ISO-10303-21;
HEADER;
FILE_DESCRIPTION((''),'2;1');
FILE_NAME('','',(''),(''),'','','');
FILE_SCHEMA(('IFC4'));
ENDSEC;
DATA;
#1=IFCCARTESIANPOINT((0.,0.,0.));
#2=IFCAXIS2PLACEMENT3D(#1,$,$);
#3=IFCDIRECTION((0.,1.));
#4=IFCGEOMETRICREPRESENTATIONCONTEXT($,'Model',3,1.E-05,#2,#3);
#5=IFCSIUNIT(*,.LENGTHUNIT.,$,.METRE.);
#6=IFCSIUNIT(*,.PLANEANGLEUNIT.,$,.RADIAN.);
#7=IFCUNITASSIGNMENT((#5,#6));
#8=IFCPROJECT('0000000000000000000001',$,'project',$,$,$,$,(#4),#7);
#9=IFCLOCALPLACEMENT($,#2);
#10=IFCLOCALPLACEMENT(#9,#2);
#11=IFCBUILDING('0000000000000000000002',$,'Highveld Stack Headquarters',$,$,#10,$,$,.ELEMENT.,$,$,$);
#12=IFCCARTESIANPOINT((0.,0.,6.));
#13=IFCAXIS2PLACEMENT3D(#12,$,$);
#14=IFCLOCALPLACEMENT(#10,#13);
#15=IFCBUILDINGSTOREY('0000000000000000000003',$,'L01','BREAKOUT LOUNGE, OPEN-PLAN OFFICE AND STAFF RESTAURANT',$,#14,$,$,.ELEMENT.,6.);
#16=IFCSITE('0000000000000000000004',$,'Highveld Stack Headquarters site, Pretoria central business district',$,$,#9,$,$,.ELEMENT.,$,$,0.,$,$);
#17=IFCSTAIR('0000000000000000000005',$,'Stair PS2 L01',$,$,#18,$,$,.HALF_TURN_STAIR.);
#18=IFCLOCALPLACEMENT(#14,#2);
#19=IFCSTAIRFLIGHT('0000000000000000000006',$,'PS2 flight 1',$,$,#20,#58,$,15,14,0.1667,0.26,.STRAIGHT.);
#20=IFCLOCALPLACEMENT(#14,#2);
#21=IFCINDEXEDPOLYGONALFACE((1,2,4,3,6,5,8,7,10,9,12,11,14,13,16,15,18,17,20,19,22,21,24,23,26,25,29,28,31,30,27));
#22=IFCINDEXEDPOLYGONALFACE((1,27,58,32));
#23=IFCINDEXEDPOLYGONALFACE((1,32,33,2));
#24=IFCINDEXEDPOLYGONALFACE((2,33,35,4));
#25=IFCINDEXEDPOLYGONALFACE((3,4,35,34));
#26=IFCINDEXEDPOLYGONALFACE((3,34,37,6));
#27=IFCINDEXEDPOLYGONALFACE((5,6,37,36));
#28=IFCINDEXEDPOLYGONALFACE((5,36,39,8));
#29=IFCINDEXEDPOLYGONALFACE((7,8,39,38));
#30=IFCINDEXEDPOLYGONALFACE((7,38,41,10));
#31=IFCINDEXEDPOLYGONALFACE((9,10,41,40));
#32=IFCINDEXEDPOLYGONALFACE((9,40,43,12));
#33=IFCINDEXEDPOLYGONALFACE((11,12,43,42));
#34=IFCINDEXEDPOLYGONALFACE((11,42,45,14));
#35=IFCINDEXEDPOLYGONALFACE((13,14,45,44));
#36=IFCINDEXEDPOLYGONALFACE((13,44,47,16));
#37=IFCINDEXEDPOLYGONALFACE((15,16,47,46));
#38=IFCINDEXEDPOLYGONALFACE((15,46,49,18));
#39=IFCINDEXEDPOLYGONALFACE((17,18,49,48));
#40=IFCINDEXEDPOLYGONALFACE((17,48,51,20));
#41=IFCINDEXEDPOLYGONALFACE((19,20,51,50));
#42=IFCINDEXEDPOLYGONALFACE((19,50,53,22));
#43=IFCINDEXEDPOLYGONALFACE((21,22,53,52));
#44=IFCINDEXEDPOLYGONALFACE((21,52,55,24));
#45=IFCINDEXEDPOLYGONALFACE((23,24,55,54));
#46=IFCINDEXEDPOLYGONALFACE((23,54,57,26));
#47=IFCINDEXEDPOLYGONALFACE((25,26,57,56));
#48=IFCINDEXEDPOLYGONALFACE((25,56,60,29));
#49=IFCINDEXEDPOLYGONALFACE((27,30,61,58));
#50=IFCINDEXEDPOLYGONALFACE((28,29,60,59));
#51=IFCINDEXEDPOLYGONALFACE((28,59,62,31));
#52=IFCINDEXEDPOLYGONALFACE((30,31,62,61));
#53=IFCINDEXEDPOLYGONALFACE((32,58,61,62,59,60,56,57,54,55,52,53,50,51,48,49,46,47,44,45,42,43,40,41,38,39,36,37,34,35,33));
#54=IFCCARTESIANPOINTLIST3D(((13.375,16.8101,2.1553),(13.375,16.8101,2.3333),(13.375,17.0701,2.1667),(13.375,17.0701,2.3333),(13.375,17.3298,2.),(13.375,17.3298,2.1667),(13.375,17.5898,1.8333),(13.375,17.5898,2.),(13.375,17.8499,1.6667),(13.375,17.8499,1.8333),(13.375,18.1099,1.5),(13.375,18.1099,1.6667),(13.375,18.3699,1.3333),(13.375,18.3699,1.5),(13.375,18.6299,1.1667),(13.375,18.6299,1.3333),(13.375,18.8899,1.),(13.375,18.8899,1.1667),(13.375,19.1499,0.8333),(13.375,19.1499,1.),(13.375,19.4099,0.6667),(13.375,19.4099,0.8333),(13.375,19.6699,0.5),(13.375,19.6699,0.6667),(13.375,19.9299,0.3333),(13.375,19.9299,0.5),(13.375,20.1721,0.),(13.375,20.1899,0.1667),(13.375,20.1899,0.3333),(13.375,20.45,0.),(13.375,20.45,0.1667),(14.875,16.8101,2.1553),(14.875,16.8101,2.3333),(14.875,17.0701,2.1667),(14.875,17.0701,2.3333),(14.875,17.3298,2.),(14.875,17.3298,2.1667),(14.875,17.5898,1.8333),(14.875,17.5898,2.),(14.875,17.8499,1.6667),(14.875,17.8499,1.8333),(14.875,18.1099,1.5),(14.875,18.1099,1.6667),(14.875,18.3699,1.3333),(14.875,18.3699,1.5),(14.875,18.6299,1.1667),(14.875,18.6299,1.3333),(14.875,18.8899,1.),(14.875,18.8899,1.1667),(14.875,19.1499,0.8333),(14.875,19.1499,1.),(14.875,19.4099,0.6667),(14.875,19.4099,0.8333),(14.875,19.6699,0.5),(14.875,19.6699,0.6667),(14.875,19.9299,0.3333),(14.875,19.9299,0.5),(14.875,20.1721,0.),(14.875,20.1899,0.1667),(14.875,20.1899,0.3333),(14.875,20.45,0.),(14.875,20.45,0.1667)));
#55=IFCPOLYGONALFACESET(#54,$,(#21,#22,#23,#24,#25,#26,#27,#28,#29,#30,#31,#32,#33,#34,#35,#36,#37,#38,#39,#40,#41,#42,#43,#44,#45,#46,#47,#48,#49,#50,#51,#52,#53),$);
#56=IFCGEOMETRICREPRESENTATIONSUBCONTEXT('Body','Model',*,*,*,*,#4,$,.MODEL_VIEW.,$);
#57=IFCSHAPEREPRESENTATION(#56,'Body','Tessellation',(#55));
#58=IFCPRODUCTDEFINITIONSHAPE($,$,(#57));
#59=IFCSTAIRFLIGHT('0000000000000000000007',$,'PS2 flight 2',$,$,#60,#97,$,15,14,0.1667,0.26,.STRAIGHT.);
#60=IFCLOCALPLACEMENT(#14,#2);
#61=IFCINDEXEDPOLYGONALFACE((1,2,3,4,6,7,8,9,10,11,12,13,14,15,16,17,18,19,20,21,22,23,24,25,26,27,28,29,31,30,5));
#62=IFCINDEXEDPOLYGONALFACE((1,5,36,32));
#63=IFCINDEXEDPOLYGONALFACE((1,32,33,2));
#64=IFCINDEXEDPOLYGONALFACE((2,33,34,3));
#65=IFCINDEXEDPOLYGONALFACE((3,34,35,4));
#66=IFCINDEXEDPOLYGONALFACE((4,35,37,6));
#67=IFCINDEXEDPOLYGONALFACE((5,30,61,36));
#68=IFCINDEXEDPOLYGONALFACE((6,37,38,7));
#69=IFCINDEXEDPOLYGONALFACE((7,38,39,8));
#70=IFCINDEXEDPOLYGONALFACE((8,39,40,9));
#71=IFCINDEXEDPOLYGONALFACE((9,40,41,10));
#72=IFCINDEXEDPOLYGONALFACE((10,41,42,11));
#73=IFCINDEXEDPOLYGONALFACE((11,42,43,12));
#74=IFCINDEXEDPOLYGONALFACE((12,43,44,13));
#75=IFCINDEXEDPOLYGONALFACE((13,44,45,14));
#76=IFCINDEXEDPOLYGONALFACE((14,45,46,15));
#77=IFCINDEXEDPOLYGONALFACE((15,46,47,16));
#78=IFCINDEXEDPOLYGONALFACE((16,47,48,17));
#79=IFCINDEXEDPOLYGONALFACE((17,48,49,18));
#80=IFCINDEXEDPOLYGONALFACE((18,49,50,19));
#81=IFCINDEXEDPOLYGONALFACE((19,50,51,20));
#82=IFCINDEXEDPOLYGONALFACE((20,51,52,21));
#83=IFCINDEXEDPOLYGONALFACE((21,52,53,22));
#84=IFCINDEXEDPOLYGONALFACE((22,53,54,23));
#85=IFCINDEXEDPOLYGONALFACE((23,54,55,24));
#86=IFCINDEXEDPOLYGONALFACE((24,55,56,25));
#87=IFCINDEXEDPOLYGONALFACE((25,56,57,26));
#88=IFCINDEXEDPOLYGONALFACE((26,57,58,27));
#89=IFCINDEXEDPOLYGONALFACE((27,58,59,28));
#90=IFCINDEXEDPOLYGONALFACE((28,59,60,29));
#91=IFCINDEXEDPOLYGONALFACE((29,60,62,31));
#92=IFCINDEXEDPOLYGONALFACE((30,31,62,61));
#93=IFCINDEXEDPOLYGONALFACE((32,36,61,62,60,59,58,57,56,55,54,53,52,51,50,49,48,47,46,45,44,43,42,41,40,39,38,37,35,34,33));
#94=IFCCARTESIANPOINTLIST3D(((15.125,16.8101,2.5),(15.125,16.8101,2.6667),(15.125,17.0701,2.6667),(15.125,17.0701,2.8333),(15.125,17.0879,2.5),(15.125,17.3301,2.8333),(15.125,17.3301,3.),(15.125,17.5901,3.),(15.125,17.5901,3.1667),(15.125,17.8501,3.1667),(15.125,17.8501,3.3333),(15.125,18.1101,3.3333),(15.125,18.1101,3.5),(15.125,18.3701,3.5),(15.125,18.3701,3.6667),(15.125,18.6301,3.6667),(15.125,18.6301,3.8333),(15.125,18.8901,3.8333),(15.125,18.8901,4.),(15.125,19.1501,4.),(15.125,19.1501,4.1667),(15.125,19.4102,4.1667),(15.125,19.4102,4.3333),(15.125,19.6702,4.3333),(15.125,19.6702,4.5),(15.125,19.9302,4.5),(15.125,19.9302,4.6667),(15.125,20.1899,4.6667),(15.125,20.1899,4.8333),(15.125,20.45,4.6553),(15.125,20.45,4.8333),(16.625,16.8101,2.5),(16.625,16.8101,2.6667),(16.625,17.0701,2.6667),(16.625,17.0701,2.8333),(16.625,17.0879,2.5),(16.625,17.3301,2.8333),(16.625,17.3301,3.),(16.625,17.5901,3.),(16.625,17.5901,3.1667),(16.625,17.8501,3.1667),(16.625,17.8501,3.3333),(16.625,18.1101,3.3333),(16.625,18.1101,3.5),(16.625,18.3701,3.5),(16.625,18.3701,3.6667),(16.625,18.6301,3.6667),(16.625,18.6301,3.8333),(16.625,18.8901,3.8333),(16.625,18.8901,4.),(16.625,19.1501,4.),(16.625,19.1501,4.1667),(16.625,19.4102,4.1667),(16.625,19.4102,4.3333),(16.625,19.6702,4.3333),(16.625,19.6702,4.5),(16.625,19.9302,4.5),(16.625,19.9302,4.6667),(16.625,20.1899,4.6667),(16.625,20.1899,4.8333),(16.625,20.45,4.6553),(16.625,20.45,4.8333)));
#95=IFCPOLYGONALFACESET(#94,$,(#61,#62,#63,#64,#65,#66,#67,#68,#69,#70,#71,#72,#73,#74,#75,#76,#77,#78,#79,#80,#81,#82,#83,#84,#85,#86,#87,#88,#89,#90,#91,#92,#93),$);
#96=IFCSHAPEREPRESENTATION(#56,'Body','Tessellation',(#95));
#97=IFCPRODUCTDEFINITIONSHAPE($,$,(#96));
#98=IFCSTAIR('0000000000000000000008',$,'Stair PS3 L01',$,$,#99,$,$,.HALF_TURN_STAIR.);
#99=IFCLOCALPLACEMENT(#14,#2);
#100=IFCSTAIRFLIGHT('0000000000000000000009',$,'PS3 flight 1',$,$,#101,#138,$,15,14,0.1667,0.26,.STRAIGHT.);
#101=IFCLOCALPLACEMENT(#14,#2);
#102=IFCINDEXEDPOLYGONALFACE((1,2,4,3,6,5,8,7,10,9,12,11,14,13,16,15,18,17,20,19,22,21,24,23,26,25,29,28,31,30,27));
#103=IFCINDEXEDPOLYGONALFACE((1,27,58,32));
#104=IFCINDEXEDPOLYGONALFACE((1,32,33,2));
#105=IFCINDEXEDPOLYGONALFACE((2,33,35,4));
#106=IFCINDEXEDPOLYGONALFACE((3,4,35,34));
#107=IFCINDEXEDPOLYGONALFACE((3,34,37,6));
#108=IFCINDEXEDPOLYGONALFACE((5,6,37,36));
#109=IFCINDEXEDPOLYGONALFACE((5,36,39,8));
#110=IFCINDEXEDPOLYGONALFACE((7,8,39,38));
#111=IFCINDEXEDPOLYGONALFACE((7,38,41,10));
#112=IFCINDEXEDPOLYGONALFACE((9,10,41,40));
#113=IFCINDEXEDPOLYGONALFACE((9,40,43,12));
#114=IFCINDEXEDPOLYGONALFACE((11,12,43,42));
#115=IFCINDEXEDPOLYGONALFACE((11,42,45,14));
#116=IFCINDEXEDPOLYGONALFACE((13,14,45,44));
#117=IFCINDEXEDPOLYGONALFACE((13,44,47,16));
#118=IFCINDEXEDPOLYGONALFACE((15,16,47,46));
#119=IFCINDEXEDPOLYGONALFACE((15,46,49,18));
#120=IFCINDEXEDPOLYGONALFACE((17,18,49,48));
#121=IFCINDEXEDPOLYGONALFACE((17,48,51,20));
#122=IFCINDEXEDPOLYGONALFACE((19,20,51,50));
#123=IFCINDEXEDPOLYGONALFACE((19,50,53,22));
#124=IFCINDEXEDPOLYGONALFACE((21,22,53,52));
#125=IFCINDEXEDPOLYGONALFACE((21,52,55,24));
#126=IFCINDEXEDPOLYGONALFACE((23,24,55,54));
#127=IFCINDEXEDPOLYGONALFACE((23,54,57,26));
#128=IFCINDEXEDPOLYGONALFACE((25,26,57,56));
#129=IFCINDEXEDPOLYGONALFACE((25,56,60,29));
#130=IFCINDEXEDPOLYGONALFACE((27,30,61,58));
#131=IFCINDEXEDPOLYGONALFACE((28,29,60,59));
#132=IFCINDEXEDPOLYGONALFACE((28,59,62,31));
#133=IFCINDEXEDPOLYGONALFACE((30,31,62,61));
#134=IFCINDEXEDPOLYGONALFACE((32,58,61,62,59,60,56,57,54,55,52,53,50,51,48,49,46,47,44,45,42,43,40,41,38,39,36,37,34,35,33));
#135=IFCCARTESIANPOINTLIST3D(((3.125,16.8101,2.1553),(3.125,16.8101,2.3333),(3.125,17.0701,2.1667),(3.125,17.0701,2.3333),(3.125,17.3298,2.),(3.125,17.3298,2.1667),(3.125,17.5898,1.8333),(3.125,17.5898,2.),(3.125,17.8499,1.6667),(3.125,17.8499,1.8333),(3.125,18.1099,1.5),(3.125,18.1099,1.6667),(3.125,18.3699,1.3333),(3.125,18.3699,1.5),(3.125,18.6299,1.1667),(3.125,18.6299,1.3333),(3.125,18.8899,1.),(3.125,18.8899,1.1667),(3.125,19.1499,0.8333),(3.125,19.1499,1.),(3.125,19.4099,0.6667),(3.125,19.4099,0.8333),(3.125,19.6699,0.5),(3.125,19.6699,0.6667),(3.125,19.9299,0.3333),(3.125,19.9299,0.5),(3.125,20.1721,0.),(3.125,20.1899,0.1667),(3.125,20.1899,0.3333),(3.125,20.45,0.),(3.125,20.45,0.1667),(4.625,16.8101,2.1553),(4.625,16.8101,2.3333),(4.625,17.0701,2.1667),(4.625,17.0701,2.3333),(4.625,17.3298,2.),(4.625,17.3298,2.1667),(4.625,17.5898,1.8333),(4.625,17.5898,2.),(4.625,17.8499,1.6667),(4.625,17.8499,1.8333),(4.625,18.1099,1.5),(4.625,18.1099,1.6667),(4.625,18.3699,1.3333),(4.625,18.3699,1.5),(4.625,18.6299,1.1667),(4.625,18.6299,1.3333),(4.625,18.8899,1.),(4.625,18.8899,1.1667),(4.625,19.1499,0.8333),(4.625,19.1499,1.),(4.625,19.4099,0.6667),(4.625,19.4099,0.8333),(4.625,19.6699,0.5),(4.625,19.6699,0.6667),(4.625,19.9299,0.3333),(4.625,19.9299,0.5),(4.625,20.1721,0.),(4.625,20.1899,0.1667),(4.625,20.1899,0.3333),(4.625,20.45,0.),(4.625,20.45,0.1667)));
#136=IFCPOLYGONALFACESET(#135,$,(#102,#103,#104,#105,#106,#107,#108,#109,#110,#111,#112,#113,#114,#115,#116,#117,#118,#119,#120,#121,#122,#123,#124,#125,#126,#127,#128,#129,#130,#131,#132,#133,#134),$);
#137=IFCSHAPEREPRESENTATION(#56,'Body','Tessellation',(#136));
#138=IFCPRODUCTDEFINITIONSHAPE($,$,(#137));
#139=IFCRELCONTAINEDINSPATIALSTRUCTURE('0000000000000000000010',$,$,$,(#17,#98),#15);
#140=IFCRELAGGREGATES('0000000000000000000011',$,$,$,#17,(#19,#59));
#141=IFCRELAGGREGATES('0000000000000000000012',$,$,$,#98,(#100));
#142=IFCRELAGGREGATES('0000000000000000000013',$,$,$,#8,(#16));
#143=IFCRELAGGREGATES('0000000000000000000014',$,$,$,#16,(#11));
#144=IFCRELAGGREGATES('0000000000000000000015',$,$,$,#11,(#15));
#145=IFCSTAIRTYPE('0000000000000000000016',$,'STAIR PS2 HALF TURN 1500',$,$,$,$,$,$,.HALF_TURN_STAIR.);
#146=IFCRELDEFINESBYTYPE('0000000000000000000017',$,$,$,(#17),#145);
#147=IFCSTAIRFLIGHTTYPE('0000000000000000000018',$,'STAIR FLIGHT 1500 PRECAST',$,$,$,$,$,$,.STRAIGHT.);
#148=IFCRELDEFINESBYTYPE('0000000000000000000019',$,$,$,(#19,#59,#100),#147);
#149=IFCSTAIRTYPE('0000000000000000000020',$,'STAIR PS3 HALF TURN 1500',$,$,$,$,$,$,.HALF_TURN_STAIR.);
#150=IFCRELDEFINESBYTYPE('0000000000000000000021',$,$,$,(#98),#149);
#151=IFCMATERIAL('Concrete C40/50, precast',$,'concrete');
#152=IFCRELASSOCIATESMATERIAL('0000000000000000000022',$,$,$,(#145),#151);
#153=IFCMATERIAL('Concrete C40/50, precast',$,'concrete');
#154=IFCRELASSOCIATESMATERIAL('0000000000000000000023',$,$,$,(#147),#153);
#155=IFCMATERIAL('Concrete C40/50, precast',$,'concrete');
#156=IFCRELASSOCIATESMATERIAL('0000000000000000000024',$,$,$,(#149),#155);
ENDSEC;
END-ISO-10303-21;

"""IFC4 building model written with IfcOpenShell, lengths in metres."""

from ifc_helpers import new_model, si_unit, direction, frame, origin, place, context, subcontext, project, spatial, polyline, outline, extrude, material, type_object, element, aggregate, save


model = new_model("IFC4")

# Units and contexts
model_context = context("Model", 3, precision=1e-05, world=origin(), true_north=direction((0.0, 1.0)))
body_context = subcontext(model_context, "Body", "Model", "MODEL_VIEW")
ifc_project = project(units=[si_unit("LENGTHUNIT", "METRE"), si_unit("PLANEANGLEUNIT", "RADIAN")], contexts=[model_context])

# Site, building, storey
site_placement = place(None, origin())
site = spatial("IfcSite", under=ifc_project, at=site_placement, Name="Highveld Stack Headquarters site, Pretoria central business district", CompositionType="ELEMENT", RefElevation=0.0)
building_placement = place(site_placement, origin())
building = spatial("IfcBuilding", under=site, at=building_placement, Name="Highveld Stack Headquarters", CompositionType="ELEMENT")
storey_placement = place(building_placement, frame((0.0, 0.0, 6.0)))
storey = spatial("IfcBuildingStorey", under=building, at=storey_placement, Name="L01", Description="BREAKOUT LOUNGE, OPEN-PLAN OFFICE AND STAFF RESTAURANT", CompositionType="ELEMENT", Elevation=6.0)

# Stair, stair flights
ifc_material_1 = material(Name="Concrete C40/50, precast", Category="concrete")
stair_type_1 = type_object("IfcStairType", Name="STAIR PS2 HALF TURN 1500", PredefinedType="HALF_TURN_STAIR", material=ifc_material_1)
stair_1_placement = place(storey_placement, origin())
stair_1 = element("IfcStair", 1, at=stair_1_placement, inside=storey, type_object=stair_type_1, Name="Stair PS2 L01", PredefinedType="HALF_TURN_STAIR")
ifc_material_2 = material(Name="Concrete C40/50, precast", Category="concrete")
stair_flight_type = type_object("IfcStairFlightType", Name="STAIR FLIGHT 1500 PRECAST", PredefinedType="STRAIGHT", material=ifc_material_2)
stair_flight_1_placement = place(storey_placement, frame((14.125, 20.45, 0.0), z_axis=(0.0, 0.0, 1.0), x_axis=(0.0, -1.0, 0.0)))
stair_flight_1 = element("IfcStairFlight", 2, at=stair_flight_1_placement, type_object=stair_flight_type, Name="PS2 flight 1", NumberOfRisers=15, NumberOfTreads=14, PredefinedType="STRAIGHT", RiserHeight=0.1667, TreadLength=0.26, context=body_context, shape_type="SweptSolid", body=[
    extrude(outline(polyline([(0.0, 0.0), (0.0, 0.1667), (0.26, 0.1667), (0.26, 0.3333), (0.52, 0.3333), (0.52, 0.5), (0.78, 0.5), (0.78, 0.6667), (1.04, 0.6667), (1.04, 0.8333), (1.3, 0.8333), (1.3, 1.0), (1.5601, 1.0), (1.5601, 1.1667), (1.8201, 1.1667), (1.8201, 1.3333), (2.0801, 1.3333), (2.0801, 1.5), (2.3401, 1.5), (2.3401, 1.6667), (2.6001, 1.6667), (2.6001, 1.8333), (2.8601, 1.8333), (2.8601, 2.0), (3.1201, 2.0), (3.1201, 2.1667), (3.3799, 2.1667), (3.3799, 2.3333), (3.6399, 2.3333), (3.6399, 2.5), (3.6399, 2.1553), (0.2778, 0.0), (0.0, 0.0)])), frame((0.0, 0.75, 0.0), z_axis=(0.0, -1.0, 0.0), x_axis=(1.0, 0.0, 0.0)), (0.0, 0.0, 1.0), 1.5),
])
stair_flight_2_placement = place(storey_placement, frame((15.875, 16.8101, 2.5), z_axis=(0.0, 0.0, 1.0), x_axis=(0.0, 1.0, 0.0)))
stair_flight_2 = element("IfcStairFlight", 3, at=stair_flight_2_placement, type_object=stair_flight_type, Name="PS2 flight 2", NumberOfRisers=15, NumberOfTreads=14, PredefinedType="STRAIGHT", RiserHeight=0.1667, TreadLength=0.26, context=body_context, shape_type="SweptSolid", body=[
    extrude(outline(polyline([(0.0, 0.0), (0.0, 0.1667), (0.26, 0.1667), (0.26, 0.3333), (0.52, 0.3333), (0.52, 0.5), (0.78, 0.5), (0.78, 0.6667), (1.04, 0.6667), (1.04, 0.8333), (1.3, 0.8333), (1.3, 1.0), (1.5601, 1.0), (1.5601, 1.1667), (1.8201, 1.1667), (1.8201, 1.3333), (2.0801, 1.3333), (2.0801, 1.5), (2.3401, 1.5), (2.3401, 1.6667), (2.6001, 1.6667), (2.6001, 1.8333), (2.8601, 1.8333), (2.8601, 2.0), (3.1201, 2.0), (3.1201, 2.1667), (3.3799, 2.1667), (3.3799, 2.3333), (3.6399, 2.3333), (3.6399, 2.5), (3.6399, 2.1553), (0.2778, 0.0), (0.0, 0.0)])), frame((0.0, 0.75, 0.0), z_axis=(0.0, -1.0, 0.0), x_axis=(1.0, 0.0, 0.0)), (0.0, 0.0, 1.0), 1.5),
])
aggregate(stair_1, [stair_flight_1, stair_flight_2])

# Stair, stair flight
ifc_material_3 = material(Name="Concrete C40/50, precast", Category="concrete")
stair_type_2 = type_object("IfcStairType", Name="STAIR PS3 HALF TURN 1500", PredefinedType="HALF_TURN_STAIR", material=ifc_material_3)
stair_2_placement = place(storey_placement, origin())
stair_2 = element("IfcStair", 4, at=stair_2_placement, inside=storey, type_object=stair_type_2, Name="Stair PS3 L01", PredefinedType="HALF_TURN_STAIR")
stair_flight_3_placement = place(storey_placement, frame((3.875, 20.45, 0.0), z_axis=(0.0, 0.0, 1.0), x_axis=(0.0, -1.0, 0.0)))
stair_flight_3 = element("IfcStairFlight", 5, at=stair_flight_3_placement, type_object=stair_flight_type, Name="PS3 flight 1", NumberOfRisers=15, NumberOfTreads=14, PredefinedType="STRAIGHT", RiserHeight=0.1667, TreadLength=0.26, context=body_context, shape_type="SweptSolid", body=[
    extrude(outline(polyline([(0.0, 0.0), (0.0, 0.1667), (0.26, 0.1667), (0.26, 0.3333), (0.52, 0.3333), (0.52, 0.5), (0.78, 0.5), (0.78, 0.6667), (1.04, 0.6667), (1.04, 0.8333), (1.3, 0.8333), (1.3, 1.0), (1.5601, 1.0), (1.5601, 1.1667), (1.8201, 1.1667), (1.8201, 1.3333), (2.0801, 1.3333), (2.0801, 1.5), (2.3401, 1.5), (2.3401, 1.6667), (2.6001, 1.6667), (2.6001, 1.8333), (2.8601, 1.8333), (2.8601, 2.0), (3.1201, 2.0), (3.1201, 2.1667), (3.3799, 2.1667), (3.3799, 2.3333), (3.6399, 2.3333), (3.6399, 2.5), (3.6399, 2.1553), (0.2778, 0.0), (0.0, 0.0)])), frame((0.0, 0.75, 0.0), z_axis=(0.0, -1.0, 0.0), x_axis=(1.0, 0.0, 0.0)), (0.0, 0.0, 1.0), 1.5),
])
aggregate(stair_2, [stair_flight_3])

save(model, "model.ifc")
